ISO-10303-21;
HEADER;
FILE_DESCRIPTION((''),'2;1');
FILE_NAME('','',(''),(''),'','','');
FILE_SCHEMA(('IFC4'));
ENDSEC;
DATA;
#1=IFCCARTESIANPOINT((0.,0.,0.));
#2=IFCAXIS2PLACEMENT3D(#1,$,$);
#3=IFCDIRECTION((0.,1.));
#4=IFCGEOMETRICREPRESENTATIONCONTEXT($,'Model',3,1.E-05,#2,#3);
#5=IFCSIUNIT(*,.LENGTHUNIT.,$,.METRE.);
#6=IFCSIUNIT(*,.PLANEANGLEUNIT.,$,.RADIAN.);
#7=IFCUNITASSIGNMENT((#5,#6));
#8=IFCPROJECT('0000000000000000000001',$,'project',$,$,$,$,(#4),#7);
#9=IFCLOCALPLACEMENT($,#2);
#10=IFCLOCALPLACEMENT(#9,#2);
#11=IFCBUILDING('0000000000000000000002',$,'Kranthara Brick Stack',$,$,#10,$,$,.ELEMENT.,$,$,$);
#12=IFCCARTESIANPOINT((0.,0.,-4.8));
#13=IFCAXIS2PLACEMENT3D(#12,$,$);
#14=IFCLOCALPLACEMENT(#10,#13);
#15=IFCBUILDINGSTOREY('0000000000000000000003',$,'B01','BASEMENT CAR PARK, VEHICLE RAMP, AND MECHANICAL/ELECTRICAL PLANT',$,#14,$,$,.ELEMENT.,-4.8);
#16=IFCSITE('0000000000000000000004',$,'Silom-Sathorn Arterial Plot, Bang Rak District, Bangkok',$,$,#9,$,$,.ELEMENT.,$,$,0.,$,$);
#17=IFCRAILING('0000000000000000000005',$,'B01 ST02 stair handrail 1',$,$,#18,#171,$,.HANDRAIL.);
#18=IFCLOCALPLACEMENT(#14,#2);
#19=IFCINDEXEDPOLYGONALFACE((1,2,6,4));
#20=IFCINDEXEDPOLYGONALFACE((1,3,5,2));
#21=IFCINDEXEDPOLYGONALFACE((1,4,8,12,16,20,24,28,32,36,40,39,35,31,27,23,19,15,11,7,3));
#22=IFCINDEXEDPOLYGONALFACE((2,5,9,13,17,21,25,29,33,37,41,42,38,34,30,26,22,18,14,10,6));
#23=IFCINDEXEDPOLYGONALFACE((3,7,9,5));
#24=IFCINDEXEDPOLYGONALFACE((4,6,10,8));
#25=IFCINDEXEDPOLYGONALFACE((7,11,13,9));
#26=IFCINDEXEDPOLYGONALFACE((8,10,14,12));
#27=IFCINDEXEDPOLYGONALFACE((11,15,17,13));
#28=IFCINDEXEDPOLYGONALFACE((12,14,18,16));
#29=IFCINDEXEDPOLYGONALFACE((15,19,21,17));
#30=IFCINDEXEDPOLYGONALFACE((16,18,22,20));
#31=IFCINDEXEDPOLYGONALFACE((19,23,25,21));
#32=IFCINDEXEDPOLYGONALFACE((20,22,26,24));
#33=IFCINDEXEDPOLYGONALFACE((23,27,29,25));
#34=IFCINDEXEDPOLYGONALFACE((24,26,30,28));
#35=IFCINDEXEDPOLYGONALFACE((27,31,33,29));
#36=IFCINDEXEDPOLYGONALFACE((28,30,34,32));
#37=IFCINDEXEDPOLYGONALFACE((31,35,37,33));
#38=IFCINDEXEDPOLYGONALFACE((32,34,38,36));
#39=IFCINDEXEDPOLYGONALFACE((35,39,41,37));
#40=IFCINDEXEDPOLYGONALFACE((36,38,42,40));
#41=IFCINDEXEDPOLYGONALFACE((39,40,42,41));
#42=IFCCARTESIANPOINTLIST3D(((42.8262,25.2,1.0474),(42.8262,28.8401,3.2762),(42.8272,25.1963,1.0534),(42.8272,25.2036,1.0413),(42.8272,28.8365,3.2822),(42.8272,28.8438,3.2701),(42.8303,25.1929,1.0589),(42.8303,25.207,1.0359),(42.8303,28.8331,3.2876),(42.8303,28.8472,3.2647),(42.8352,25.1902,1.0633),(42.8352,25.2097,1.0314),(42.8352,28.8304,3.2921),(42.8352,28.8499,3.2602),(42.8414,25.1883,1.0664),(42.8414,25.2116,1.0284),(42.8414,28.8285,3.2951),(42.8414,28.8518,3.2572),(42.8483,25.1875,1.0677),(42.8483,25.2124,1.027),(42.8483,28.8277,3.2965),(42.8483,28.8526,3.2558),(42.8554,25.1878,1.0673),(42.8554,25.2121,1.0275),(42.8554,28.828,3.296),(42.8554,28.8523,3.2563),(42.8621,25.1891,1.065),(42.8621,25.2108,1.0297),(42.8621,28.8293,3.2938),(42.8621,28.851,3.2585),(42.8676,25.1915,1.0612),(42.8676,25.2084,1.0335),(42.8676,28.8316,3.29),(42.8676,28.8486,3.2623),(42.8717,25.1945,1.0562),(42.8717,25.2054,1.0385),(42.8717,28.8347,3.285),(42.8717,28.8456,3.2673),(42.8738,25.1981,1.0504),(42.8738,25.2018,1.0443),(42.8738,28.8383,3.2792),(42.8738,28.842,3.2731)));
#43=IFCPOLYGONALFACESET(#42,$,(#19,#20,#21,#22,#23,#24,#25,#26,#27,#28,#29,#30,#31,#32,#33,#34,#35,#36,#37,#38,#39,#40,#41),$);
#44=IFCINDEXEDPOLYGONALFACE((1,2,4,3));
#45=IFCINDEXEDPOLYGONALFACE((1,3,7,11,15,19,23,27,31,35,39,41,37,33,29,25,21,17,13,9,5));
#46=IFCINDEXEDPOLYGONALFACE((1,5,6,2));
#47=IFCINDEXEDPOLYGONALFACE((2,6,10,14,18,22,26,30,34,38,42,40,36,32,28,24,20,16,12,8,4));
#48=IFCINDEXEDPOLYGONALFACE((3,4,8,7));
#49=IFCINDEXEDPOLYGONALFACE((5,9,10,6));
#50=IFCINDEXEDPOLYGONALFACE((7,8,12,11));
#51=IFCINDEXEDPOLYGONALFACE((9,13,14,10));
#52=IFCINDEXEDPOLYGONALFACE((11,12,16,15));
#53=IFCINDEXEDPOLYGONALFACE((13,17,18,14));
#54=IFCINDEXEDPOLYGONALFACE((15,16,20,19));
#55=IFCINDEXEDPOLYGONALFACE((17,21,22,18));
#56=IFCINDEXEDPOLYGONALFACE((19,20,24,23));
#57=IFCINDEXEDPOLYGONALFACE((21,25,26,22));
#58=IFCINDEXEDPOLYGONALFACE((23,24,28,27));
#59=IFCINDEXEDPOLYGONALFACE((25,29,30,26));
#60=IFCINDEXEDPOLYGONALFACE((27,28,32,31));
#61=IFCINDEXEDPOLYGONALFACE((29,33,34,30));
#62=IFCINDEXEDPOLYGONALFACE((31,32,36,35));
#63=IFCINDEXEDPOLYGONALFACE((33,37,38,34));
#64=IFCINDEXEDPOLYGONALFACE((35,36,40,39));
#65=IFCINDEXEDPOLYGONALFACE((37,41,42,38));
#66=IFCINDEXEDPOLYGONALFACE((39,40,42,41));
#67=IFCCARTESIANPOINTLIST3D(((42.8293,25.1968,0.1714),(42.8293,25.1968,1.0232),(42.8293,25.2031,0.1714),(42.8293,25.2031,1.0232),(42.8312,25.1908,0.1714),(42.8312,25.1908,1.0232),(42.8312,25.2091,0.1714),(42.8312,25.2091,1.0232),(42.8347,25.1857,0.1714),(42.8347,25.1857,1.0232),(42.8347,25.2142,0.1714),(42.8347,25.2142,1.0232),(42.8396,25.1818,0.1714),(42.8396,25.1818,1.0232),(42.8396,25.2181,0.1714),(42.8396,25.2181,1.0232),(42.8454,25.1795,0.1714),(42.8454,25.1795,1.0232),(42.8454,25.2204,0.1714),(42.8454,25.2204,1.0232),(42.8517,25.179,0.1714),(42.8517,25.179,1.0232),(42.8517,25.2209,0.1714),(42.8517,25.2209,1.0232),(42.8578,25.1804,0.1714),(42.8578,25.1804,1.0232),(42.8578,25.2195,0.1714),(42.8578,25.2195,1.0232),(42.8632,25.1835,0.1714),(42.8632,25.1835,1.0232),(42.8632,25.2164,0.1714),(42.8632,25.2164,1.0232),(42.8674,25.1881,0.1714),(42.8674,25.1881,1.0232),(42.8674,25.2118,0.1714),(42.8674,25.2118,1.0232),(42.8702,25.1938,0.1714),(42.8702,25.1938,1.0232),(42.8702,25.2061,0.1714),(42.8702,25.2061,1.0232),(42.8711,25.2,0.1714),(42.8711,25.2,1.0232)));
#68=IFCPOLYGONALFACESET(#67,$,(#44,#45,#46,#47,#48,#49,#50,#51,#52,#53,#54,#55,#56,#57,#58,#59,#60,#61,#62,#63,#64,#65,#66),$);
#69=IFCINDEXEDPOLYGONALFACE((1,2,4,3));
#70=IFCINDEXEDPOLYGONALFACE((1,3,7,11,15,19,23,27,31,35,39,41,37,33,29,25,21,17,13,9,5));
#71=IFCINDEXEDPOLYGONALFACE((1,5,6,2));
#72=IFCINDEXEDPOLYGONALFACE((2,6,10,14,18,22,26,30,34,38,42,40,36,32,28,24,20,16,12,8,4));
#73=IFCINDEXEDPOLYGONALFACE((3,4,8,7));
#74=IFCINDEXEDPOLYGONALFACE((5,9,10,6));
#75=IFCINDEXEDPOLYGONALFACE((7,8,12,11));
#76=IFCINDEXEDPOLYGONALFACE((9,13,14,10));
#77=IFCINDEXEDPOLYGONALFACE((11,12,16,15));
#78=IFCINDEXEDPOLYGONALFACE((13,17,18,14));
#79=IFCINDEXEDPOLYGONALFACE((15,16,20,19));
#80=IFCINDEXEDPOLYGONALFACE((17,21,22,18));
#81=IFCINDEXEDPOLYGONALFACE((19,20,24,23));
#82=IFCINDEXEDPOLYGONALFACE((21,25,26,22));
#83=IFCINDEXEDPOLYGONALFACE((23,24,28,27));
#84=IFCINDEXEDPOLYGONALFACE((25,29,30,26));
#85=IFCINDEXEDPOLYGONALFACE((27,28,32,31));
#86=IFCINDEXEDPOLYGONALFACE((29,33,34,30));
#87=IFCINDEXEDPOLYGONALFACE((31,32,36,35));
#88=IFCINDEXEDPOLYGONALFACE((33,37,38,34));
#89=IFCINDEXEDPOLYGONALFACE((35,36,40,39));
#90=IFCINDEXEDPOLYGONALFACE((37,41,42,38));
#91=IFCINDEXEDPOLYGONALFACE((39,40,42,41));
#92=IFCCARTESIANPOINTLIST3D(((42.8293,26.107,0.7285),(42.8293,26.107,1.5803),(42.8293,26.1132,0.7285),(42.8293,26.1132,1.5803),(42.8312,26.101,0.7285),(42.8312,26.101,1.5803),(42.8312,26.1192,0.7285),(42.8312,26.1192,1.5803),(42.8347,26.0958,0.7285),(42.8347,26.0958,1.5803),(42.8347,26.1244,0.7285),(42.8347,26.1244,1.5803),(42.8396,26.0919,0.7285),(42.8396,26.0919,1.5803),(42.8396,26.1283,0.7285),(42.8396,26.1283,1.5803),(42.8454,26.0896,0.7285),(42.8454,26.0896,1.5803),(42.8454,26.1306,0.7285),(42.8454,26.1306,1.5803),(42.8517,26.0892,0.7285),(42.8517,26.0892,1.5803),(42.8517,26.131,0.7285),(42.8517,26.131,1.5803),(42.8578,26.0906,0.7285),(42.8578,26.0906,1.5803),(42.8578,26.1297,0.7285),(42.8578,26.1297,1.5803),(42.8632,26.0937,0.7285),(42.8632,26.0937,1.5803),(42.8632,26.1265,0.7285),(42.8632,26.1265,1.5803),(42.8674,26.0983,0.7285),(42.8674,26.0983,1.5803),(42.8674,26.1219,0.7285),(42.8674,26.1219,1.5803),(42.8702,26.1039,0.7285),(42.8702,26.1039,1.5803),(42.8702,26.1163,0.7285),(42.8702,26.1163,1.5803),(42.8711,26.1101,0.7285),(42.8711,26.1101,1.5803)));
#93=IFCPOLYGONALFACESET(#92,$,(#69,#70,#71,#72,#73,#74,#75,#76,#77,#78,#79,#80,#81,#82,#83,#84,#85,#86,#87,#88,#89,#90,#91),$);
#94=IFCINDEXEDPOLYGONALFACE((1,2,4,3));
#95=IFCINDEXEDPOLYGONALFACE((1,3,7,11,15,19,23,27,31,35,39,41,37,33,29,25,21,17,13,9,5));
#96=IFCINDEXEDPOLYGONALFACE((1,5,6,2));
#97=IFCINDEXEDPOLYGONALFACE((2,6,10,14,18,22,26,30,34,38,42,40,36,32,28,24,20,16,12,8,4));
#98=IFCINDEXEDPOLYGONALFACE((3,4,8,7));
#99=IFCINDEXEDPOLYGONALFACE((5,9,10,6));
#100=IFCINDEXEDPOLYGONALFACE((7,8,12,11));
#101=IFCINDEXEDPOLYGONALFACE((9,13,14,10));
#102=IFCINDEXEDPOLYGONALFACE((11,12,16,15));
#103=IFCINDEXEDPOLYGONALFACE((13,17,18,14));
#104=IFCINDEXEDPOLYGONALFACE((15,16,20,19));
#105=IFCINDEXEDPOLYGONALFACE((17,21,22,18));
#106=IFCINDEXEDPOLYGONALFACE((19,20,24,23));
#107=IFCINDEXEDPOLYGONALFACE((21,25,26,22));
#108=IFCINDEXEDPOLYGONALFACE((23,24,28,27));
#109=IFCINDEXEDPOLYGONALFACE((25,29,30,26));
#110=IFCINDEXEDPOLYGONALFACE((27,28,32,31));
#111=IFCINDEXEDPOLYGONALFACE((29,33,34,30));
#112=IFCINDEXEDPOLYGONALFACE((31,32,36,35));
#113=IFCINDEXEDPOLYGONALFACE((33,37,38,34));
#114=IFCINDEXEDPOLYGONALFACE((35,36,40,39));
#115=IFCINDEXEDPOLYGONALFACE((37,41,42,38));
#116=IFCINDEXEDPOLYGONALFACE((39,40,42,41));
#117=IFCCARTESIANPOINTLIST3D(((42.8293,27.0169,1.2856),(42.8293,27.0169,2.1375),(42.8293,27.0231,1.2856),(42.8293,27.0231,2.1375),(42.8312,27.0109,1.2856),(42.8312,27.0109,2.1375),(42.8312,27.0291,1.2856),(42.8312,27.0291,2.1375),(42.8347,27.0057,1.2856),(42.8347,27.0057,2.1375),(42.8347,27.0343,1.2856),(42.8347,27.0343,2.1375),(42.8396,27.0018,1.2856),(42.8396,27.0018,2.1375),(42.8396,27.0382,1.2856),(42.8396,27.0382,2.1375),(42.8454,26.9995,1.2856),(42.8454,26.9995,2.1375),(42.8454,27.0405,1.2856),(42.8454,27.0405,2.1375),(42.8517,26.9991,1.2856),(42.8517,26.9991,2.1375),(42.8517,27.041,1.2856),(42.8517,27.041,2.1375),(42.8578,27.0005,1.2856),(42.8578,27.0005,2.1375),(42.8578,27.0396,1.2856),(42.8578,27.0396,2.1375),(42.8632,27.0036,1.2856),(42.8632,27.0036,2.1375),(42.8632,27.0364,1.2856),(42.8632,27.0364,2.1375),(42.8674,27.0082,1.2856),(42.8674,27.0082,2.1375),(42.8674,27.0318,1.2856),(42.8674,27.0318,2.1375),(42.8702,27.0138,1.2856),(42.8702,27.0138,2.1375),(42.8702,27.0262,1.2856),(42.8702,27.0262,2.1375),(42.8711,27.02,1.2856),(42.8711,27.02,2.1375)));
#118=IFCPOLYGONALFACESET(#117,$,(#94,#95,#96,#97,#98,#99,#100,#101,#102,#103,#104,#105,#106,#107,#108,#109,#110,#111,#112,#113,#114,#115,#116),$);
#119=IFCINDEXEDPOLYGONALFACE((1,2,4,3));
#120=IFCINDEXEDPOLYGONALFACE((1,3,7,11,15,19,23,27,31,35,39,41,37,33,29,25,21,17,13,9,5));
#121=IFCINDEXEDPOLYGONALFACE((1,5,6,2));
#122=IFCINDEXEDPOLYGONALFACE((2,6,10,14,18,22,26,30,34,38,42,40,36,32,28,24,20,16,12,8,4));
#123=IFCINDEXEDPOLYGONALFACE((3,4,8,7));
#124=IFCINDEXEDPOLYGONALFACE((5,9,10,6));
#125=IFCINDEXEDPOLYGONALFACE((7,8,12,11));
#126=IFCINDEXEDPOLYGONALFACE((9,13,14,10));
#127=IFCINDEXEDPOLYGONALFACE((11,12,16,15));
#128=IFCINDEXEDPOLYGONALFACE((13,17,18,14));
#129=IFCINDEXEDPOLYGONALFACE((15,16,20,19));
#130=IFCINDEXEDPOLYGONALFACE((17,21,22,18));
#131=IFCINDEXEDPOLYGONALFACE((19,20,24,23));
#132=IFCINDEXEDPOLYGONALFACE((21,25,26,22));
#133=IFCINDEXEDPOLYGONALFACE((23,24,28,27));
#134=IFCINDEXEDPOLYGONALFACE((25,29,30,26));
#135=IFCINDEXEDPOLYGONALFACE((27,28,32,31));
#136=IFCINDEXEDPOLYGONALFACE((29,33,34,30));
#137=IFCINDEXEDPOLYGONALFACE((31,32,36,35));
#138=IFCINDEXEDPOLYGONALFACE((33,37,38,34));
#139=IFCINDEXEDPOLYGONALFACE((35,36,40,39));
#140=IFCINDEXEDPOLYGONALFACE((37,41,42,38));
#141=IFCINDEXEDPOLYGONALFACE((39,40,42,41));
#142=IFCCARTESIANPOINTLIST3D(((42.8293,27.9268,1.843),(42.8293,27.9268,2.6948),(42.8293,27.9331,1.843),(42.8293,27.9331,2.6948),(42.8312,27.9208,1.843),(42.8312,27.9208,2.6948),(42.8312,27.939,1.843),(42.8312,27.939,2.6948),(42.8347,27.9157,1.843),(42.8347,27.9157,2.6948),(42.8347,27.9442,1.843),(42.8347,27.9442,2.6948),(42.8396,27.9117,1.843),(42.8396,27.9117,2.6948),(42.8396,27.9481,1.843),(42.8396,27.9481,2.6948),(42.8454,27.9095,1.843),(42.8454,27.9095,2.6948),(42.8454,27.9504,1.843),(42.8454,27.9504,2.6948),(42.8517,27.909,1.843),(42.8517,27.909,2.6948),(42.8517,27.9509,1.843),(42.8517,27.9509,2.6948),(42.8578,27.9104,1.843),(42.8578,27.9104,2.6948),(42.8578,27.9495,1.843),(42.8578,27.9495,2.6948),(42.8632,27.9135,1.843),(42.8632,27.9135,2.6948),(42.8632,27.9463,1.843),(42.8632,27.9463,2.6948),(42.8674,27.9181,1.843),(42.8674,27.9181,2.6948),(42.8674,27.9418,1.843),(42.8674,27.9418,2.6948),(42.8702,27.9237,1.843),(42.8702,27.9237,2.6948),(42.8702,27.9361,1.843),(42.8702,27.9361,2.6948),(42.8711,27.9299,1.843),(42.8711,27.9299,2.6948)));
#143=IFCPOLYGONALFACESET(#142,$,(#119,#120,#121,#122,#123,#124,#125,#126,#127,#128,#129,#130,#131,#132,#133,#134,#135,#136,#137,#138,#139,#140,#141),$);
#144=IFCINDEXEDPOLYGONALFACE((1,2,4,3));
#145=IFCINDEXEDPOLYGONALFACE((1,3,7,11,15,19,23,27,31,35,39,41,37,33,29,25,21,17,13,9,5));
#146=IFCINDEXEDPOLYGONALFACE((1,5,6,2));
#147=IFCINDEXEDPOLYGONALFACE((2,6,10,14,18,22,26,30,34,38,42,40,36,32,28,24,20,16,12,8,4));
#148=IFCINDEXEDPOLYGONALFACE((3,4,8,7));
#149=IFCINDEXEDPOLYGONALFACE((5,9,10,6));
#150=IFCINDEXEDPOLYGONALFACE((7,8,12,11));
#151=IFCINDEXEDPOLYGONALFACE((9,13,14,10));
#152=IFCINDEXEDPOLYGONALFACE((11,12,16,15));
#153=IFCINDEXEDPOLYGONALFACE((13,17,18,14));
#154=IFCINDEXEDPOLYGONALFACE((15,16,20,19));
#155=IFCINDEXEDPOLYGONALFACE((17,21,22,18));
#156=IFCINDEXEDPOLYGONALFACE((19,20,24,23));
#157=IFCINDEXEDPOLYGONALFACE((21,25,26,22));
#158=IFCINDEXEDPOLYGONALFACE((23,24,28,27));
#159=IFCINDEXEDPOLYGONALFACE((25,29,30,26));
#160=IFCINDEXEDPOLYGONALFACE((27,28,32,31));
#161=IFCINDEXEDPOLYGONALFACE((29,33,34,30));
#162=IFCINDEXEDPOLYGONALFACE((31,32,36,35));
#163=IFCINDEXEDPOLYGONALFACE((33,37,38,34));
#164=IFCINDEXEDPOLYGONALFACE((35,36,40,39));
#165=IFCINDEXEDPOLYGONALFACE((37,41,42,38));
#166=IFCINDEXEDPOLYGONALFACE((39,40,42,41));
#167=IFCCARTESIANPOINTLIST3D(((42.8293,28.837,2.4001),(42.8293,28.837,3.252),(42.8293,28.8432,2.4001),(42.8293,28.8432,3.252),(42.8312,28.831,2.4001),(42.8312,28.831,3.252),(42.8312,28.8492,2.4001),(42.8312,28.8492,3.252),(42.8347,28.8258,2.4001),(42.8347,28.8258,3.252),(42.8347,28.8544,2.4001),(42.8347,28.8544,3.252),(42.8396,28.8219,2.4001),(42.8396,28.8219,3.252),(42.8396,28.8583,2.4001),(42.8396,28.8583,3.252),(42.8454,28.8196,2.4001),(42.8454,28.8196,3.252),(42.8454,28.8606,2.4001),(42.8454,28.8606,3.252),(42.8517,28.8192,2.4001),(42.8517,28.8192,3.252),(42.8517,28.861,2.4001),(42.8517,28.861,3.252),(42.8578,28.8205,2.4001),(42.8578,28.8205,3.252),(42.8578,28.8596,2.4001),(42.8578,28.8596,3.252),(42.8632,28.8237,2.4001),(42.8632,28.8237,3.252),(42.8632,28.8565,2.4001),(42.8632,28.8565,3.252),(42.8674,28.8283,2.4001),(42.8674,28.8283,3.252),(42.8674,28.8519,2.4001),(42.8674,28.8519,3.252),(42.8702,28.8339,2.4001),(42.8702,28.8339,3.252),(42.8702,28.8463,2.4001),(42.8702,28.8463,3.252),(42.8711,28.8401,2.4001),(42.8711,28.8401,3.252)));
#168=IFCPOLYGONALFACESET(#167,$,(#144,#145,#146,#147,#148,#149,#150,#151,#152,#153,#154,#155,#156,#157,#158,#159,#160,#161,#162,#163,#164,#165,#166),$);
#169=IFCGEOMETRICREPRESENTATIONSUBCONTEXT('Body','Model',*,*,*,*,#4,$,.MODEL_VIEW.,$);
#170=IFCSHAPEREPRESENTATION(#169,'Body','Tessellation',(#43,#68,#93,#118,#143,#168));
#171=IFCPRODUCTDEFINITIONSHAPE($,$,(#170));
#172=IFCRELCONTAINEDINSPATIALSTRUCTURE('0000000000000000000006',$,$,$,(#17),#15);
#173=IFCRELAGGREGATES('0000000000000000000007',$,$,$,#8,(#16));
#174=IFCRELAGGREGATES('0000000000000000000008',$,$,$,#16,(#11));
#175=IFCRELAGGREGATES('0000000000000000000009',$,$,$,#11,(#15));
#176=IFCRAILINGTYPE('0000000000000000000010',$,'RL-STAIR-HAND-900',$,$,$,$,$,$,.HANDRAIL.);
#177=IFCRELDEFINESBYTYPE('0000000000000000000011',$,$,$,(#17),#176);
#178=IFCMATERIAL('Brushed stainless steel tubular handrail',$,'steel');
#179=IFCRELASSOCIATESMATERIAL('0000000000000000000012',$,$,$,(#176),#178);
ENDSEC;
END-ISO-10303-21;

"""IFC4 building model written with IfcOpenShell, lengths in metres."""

from ifc_helpers import new_model, si_unit, direction, frame, origin, origin_2d, place, context, subcontext, project, spatial, circle, extrude, material, type_object, element, save


model = new_model("IFC4")

# Units and contexts
model_context = context("Model", 3, precision=1e-05, world=origin(), true_north=direction((0.0, 1.0)))
body_context = subcontext(model_context, "Body", "Model", "MODEL_VIEW")
ifc_project = project(units=[si_unit("LENGTHUNIT", "METRE"), si_unit("PLANEANGLEUNIT", "RADIAN")], contexts=[model_context])

# Site, building, storey
site_placement = place(None, origin())
site = spatial("IfcSite", under=ifc_project, at=site_placement, Name="Silom-Sathorn Arterial Plot, Bang Rak District, Bangkok", CompositionType="ELEMENT", RefElevation=0.0)
building_placement = place(site_placement, origin())
building = spatial("IfcBuilding", under=site, at=building_placement, Name="Kranthara Brick Stack", CompositionType="ELEMENT")
storey_placement = place(building_placement, frame((0.0, 0.0, -4.8)))
storey = spatial("IfcBuildingStorey", under=building, at=storey_placement, Name="B01", Description="BASEMENT CAR PARK, VEHICLE RAMP, AND MECHANICAL/ELECTRICAL PLANT", CompositionType="ELEMENT", Elevation=-4.8)

# Railing
ifc_material_1 = material(Name="Brushed stainless steel tubular handrail", Category="steel")
railing_type_1 = type_object("IfcRailingType", Name="RL-STAIR-HAND-900", PredefinedType="HANDRAIL", material=ifc_material_1)
railing_1_placement = place(storey_placement, frame((42.8501, 25.2, 0.1714)))
element("IfcRailing", 1, at=railing_1_placement, inside=storey, type_object=railing_type_1, Name="B01 ST02 stair handrail 1", PredefinedType="HANDRAIL", context=body_context, shape_type="SweptSolid", body=[
    extrude(circle(Radius=0.0239, at=origin_2d()), frame((0.0, 0.0, 0.876), z_axis=(0.0, 0.85284, 0.522172), x_axis=(-1.0, 0.0, 0.0)), (0.0, 0.0, 1.0), 4.2683),
    extrude(circle(Radius=0.021, at=origin_2d()), origin(), (0.0, 0.0, 1.0), 0.8518),
    extrude(circle(Radius=0.021, at=origin_2d()), frame((0.0, 0.9102, 0.5571)), (0.0, 0.0, 1.0), 0.8518),
    extrude(circle(Radius=0.021, at=origin_2d()), frame((0.0, 1.8201, 1.1143)), (0.0, 0.0, 1.0), 0.8518),
    extrude(circle(Radius=0.021, at=origin_2d()), frame((0.0, 2.73, 1.6716)), (0.0, 0.0, 1.0), 0.8518),
    extrude(circle(Radius=0.021, at=origin_2d()), frame((0.0, 3.6401, 2.2288)), (0.0, 0.0, 1.0), 0.8518),
])

save(model, "model.ifc")
